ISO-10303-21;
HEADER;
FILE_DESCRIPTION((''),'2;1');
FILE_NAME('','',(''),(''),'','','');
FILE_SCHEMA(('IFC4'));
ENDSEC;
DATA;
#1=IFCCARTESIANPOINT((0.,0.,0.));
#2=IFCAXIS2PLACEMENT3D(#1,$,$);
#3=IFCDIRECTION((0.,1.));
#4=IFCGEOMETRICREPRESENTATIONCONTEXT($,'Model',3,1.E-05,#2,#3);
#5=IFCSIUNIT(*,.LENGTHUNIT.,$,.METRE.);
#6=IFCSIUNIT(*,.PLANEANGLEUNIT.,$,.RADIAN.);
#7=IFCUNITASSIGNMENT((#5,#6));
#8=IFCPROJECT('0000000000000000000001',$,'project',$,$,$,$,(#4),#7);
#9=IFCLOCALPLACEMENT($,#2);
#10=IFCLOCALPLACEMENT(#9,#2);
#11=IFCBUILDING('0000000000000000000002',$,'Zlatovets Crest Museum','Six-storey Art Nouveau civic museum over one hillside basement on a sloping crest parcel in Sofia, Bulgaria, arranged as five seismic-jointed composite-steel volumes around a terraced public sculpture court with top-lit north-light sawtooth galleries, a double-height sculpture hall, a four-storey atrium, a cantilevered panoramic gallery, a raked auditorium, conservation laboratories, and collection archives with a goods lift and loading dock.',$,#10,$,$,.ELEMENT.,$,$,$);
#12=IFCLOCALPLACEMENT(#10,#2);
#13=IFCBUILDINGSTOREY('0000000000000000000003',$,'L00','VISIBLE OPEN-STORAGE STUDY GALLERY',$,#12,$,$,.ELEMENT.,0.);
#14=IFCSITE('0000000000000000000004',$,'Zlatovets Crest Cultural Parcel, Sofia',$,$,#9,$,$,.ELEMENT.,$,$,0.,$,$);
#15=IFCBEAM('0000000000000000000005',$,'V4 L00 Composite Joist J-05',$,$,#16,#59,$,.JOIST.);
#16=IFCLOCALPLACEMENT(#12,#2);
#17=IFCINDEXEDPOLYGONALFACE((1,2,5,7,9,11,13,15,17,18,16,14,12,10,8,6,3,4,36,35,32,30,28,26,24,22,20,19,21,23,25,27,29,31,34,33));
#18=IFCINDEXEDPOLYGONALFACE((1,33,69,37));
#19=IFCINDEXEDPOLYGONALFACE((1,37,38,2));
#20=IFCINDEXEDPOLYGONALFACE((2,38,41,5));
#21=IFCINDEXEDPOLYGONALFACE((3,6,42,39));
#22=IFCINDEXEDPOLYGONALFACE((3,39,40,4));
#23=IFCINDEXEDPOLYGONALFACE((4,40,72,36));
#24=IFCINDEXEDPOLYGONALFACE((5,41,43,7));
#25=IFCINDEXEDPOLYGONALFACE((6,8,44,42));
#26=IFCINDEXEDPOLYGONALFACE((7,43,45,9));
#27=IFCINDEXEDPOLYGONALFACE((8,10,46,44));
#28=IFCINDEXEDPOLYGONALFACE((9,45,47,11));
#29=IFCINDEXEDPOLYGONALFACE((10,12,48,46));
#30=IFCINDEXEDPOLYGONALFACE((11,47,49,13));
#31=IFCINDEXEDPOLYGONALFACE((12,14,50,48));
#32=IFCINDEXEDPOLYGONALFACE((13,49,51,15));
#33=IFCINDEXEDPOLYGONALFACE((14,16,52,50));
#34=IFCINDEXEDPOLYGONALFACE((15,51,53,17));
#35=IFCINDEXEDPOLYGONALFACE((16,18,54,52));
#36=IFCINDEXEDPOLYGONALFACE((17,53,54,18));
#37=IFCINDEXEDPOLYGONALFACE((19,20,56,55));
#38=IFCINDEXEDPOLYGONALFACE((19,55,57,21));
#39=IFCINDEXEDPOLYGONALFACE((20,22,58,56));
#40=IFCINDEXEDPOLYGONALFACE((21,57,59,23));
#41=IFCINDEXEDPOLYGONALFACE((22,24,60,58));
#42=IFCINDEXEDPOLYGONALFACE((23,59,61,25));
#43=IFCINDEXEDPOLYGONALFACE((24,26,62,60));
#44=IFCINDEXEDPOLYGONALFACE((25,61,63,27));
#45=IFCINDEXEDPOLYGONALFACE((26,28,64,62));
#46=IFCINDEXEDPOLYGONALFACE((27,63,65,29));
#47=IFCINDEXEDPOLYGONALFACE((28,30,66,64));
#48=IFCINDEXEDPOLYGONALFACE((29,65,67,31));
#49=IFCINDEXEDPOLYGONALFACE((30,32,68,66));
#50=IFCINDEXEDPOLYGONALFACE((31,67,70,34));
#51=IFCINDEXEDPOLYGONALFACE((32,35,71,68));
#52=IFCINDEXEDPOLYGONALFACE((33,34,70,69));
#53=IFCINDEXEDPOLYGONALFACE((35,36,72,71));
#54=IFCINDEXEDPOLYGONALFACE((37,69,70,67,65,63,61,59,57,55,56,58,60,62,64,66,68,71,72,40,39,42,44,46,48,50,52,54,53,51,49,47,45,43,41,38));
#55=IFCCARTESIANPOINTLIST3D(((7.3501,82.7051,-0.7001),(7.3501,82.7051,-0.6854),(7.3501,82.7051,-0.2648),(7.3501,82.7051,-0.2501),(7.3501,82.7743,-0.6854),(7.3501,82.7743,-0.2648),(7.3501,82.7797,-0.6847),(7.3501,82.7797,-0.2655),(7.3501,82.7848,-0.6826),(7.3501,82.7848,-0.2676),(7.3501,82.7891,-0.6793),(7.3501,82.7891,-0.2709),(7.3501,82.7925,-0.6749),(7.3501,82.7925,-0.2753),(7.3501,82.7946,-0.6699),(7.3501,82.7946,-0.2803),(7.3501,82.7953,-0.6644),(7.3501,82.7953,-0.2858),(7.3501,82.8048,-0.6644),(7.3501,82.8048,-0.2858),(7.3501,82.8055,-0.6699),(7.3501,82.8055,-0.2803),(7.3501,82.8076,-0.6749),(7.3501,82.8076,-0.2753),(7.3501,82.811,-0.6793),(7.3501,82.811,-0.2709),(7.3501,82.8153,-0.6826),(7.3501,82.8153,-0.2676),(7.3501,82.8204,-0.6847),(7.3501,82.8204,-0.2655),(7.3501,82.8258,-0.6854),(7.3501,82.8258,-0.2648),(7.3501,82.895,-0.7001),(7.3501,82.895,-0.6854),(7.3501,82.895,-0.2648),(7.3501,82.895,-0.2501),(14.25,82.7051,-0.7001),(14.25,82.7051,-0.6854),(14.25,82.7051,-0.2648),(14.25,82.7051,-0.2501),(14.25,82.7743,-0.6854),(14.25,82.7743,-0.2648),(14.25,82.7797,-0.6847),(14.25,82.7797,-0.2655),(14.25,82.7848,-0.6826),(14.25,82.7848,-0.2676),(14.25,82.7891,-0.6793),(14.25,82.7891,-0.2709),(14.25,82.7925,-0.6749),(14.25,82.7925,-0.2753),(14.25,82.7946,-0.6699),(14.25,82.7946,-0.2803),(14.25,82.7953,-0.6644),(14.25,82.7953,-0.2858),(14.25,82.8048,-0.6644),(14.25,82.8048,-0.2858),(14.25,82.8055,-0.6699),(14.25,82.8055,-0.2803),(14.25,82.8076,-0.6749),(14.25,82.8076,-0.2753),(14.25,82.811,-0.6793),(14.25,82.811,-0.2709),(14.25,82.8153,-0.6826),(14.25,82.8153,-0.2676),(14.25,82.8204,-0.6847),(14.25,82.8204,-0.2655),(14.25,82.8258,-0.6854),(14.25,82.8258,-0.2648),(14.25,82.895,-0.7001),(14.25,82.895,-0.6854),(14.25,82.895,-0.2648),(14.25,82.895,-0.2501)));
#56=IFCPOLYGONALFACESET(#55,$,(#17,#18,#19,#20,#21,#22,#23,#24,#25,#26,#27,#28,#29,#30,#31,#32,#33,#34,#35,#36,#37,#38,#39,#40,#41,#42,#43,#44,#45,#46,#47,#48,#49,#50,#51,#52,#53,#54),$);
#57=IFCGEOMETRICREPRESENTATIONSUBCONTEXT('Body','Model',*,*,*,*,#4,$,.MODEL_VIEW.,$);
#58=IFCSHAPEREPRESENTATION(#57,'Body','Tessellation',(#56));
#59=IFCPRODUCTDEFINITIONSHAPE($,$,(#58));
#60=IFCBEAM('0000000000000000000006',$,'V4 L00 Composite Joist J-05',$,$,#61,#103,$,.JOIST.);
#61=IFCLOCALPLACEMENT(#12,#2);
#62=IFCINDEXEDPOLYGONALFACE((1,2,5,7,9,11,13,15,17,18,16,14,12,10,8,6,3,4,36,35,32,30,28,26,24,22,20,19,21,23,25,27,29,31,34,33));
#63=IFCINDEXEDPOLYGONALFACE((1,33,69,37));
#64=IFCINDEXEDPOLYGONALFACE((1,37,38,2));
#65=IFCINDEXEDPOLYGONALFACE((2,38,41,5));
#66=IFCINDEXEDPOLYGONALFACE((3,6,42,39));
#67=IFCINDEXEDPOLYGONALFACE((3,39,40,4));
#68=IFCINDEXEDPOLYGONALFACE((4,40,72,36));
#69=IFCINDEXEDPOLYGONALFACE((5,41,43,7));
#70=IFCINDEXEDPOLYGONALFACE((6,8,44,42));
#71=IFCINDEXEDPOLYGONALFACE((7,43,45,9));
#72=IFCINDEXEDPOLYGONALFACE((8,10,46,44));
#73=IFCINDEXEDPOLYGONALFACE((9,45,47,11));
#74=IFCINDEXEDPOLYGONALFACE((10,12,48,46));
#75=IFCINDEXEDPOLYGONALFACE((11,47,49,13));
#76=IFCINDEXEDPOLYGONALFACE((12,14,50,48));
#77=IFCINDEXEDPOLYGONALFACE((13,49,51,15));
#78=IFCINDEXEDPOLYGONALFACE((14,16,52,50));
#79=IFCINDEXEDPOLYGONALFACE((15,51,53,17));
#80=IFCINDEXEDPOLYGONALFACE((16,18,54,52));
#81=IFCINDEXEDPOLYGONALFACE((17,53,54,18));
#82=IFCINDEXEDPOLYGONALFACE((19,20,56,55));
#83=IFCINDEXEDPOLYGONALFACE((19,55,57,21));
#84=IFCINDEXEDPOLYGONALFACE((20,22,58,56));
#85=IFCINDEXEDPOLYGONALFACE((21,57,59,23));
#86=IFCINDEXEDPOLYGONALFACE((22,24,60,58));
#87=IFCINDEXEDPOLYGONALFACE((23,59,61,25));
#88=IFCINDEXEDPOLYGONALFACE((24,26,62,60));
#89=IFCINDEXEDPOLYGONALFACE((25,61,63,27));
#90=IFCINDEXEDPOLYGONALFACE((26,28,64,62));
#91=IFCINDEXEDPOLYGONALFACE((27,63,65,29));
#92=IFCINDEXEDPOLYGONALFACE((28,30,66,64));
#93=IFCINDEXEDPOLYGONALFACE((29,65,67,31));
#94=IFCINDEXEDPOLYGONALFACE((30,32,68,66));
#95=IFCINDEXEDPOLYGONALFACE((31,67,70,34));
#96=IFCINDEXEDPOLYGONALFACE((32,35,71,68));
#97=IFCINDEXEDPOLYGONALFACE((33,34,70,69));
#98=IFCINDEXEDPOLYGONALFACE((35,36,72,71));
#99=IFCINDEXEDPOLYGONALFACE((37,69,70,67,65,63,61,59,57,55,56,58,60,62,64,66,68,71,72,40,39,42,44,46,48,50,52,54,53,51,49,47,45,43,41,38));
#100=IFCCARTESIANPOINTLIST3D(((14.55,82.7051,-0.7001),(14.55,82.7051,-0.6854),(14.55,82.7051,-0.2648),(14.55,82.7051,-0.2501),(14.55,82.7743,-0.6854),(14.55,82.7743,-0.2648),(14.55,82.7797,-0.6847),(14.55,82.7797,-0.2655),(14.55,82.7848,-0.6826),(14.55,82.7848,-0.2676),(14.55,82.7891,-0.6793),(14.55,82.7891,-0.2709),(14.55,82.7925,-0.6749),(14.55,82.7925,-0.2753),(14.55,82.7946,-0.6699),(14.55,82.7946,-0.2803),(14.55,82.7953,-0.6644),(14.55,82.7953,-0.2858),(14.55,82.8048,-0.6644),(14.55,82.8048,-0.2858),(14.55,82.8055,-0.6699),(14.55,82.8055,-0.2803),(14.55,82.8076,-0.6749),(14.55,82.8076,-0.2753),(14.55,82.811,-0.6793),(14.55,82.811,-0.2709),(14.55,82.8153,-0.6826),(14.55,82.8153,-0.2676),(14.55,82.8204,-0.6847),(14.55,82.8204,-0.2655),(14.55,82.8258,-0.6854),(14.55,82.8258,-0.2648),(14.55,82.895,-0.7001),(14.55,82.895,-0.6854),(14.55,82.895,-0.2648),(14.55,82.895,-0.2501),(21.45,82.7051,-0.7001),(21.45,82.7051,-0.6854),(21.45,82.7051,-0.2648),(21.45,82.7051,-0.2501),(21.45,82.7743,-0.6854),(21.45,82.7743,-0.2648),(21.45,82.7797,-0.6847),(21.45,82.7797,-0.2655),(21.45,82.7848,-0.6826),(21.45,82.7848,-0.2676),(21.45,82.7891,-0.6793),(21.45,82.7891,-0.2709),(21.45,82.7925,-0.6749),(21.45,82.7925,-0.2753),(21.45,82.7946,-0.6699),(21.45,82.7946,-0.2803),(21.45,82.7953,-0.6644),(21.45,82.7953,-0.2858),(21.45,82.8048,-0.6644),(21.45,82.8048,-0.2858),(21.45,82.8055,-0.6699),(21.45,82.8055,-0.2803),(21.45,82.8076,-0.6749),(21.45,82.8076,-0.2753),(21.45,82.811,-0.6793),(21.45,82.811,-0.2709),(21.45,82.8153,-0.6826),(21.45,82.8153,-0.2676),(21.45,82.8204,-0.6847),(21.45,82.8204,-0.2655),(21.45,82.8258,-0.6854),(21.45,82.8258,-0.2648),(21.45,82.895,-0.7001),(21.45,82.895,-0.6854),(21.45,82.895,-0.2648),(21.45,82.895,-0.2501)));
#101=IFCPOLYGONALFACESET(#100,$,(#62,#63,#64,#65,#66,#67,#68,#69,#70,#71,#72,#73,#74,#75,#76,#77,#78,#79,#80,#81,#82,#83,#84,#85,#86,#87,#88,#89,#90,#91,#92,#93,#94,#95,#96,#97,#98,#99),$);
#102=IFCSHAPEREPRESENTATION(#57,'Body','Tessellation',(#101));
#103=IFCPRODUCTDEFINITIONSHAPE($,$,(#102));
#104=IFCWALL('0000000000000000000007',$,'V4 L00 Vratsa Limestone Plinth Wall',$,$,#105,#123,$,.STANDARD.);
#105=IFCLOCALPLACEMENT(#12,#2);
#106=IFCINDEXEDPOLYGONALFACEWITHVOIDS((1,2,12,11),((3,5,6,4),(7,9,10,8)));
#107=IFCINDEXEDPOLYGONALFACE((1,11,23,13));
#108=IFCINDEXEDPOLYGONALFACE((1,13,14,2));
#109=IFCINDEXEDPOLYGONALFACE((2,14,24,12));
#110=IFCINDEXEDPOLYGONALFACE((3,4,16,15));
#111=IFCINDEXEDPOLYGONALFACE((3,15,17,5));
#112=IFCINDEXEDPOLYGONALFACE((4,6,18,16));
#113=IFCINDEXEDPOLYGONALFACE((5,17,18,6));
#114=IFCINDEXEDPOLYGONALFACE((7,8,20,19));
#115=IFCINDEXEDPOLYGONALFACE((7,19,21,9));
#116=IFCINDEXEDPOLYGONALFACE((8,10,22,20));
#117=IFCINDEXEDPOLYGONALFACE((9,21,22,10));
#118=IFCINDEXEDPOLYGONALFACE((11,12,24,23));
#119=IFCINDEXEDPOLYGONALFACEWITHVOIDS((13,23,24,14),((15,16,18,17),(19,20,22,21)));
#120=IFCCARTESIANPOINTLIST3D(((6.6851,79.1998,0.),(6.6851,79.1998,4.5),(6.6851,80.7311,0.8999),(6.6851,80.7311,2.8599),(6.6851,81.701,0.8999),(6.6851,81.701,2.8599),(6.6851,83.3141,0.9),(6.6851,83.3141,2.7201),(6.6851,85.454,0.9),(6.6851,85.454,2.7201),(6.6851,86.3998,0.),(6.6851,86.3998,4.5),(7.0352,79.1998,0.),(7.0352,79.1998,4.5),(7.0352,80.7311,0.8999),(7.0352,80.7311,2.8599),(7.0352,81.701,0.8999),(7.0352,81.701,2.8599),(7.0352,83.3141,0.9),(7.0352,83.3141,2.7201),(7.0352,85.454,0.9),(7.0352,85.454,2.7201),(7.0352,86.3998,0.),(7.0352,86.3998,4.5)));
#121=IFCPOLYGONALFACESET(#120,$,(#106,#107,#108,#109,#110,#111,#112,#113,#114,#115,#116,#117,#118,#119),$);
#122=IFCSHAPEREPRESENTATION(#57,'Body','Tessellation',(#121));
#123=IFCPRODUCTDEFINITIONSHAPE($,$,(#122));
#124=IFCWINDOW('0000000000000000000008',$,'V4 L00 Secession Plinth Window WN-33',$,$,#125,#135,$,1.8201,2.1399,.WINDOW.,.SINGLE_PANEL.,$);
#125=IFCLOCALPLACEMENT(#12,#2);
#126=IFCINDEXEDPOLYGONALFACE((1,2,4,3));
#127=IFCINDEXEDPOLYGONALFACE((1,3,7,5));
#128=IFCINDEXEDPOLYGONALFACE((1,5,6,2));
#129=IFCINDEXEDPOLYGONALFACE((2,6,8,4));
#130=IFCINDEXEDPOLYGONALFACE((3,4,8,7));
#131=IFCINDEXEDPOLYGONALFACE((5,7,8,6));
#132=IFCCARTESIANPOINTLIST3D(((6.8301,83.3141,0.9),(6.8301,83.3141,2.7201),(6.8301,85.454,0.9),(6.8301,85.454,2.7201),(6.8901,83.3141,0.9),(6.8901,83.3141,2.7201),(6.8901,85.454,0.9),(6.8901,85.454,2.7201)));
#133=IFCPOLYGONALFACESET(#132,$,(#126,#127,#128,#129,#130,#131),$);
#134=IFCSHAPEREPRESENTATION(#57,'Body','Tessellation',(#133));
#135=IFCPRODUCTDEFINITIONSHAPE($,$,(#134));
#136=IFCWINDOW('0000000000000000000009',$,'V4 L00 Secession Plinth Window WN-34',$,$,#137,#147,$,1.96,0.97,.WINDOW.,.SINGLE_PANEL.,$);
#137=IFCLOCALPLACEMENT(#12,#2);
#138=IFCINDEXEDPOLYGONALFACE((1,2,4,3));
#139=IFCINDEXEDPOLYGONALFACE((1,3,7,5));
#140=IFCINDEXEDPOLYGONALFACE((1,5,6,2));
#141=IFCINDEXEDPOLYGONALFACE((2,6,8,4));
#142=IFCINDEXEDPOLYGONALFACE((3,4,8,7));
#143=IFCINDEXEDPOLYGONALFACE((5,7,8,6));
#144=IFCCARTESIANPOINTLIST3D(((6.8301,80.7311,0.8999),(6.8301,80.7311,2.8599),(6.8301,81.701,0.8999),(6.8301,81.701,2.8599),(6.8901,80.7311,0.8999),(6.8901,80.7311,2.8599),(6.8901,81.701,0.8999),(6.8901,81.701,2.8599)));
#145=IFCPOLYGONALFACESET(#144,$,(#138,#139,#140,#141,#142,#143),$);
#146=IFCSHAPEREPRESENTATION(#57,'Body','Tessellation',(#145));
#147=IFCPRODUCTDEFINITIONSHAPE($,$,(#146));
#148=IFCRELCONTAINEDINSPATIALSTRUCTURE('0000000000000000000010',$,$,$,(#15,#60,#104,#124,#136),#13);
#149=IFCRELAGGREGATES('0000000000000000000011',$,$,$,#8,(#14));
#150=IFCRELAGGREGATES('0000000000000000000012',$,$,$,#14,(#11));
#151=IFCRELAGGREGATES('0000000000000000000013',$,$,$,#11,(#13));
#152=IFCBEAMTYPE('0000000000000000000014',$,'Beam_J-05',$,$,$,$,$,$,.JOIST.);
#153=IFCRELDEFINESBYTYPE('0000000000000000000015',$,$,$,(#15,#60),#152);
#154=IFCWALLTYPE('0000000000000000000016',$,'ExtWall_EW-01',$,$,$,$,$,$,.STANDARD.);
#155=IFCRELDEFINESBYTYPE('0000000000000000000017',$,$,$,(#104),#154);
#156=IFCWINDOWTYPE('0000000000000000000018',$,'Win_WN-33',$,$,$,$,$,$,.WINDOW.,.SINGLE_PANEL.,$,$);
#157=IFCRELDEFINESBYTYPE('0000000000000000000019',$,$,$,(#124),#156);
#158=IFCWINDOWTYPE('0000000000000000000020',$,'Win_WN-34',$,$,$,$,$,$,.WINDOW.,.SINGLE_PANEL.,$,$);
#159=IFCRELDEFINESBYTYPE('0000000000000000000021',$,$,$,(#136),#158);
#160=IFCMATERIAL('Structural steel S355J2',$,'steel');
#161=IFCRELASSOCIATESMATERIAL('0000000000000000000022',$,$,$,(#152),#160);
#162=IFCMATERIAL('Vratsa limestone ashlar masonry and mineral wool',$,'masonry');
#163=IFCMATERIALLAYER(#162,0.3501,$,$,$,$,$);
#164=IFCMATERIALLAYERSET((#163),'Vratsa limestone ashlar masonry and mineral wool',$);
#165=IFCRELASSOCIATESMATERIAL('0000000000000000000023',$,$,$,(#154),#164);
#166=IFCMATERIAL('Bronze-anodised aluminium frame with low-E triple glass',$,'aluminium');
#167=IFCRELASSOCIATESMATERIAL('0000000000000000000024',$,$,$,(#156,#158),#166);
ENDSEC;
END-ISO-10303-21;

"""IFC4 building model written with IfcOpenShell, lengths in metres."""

from ifc_helpers import new_model, si_unit, direction, frame, frame_2d, origin, origin_2d, place, context, subcontext, project, spatial, rectangle, i_section, extrude, material, layer, layer_set, material_profile, profile_set, type_object, element, fill, save


model = new_model("IFC4")

# Units and contexts
model_context = context("Model", 3, precision=1e-05, world=origin(), true_north=direction((0.0, 1.0)))
body_context = subcontext(model_context, "Body", "Model", "MODEL_VIEW")
ifc_project = project(units=[si_unit("LENGTHUNIT", "METRE"), si_unit("PLANEANGLEUNIT", "RADIAN")], contexts=[model_context])

# Site, building, storey
site_placement = place(None, origin())
site = spatial("IfcSite", under=ifc_project, at=site_placement, Name="Zlatovets Crest Cultural Parcel, Sofia", CompositionType="ELEMENT", RefElevation=0.0)
building_placement = place(site_placement, origin())
building = spatial("IfcBuilding", under=site, at=building_placement, Name="Zlatovets Crest Museum", Description="Six-storey Art Nouveau civic museum over one hillside basement on a sloping crest parcel in Sofia, Bulgaria, arranged as five seismic-jointed composite-steel volumes around a terraced public sculpture court with top-lit north-light sawtooth galleries, a double-height sculpture hall, a four-storey atrium, a cantilevered panoramic gallery, a raked auditorium, conservation laboratories, and collection archives with a goods lift and loading dock.", CompositionType="ELEMENT")
storey_placement = place(building_placement, origin())
storey = spatial("IfcBuildingStorey", under=building, at=storey_placement, Name="L00", Description="VISIBLE OPEN-STORAGE STUDY GALLERY", CompositionType="ELEMENT", Elevation=0.0)

# Shared definitions
ifc_material_1 = material(Name="Structural steel S355J2", Category="steel")

# Beams
ifc_material_profile_1 = material_profile(ifc_material_1, i_section(OverallWidth=0.1899, OverallDepth=0.45, WebThickness=0.0095, FlangeThickness=0.0146, FilletRadius=0.021, at=origin_2d()), Name="IPE 450")
ifc_profile_set_1 = profile_set([ifc_material_profile_1], Name="Structural steel S355J2")
beam_type_1 = type_object("IfcBeamType", Name="Beam_J-05", PredefinedType="JOIST", material=ifc_profile_set_1)
for number, where, z_axis, x_axis, name in (
    (1, (7.3501, 82.8, -0.4751), (1.0, 0.0, 0.0), (0.0, 1.0, 0.0), "V4 L00 Composite Joist J-05"),
    (2, (14.55, 82.8, -0.4751), (1.0, 0.0, 0.0), (0.0, 1.0, 0.0), "V4 L00 Composite Joist J-05"),
):
    element("IfcBeam", number, at=place(storey_placement, frame(where, z_axis=z_axis, x_axis=x_axis)), inside=storey, type_object=beam_type_1, Name=name, PredefinedType="JOIST", context=body_context, shape_type="SweptSolid", body=[
        extrude(i_section(OverallWidth=0.1899, OverallDepth=0.45, WebThickness=0.0095, FlangeThickness=0.0146, FilletRadius=0.021, at=origin_2d()), origin(), (0.0, 0.0, 1.0), 6.8999),
    ])

# Wall, openings, windows
ifc_material_2 = material(Name="Vratsa limestone ashlar masonry and mineral wool", Category="masonry")
ifc_layer_1 = layer(ifc_material_2, 0.3501)
ifc_layer_set_1 = layer_set([ifc_layer_1], Name="Vratsa limestone ashlar masonry and mineral wool")
wall_type_1 = type_object("IfcWallType", Name="ExtWall_EW-01", PredefinedType="STANDARD", material=ifc_layer_set_1)
wall_1_placement = place(storey_placement, frame((6.8601, 86.3999, 0.0), z_axis=(0.0, 0.0, 1.0), x_axis=(0.0, -1.0, 0.0)))
wall_1 = element("IfcWall", 3, at=wall_1_placement, inside=storey, type_object=wall_type_1, Name="V4 L00 Vratsa Limestone Plinth Wall", PredefinedType="STANDARD", context=body_context, shape_type="SweptSolid", body=[
    extrude(rectangle(XDim=7.2, YDim=0.3501, at=frame_2d((3.6001, 0.0))), origin(), (0.0, 0.0, 1.0), 4.5),
])
opening_1_placement = place(wall_1_placement, frame((0.946, 0.0, 0.8999)))
opening_1 = element("IfcOpeningElement", 4, at=opening_1_placement, cuts=wall_1, PredefinedType="OPENING", context=body_context, shape_type="SweptSolid", body=[
    extrude(rectangle(XDim=2.1399, YDim=1.8201, at=frame_2d((1.0698, 0.9102))), frame((0.0, 0.1851, 0.0), z_axis=(0.0, -1.0, 0.0), x_axis=(1.0, 0.0, 0.0)), (0.0, 0.0, 1.0), 0.3701),
])
opening_2_placement = place(wall_1_placement, frame((4.699, 0.0, 0.8999)))
opening_2 = element("IfcOpeningElement", 5, at=opening_2_placement, cuts=wall_1, PredefinedType="OPENING", context=body_context, shape_type="SweptSolid", body=[
    extrude(rectangle(XDim=0.97, YDim=1.96, at=frame_2d((0.4849, 0.98))), frame((0.0, 0.1851, 0.0), z_axis=(0.0, -1.0, 0.0), x_axis=(1.0, 0.0, 0.0)), (0.0, 0.0, 1.0), 0.3701),
])
ifc_material_3 = material(Name="Bronze-anodised aluminium frame with low-E triple glass", Category="aluminium")
window_type_1 = type_object("IfcWindowType", Name="Win_WN-33", PartitioningType="SINGLE_PANEL", PredefinedType="WINDOW", material=ifc_material_3)
window_1_placement = place(opening_1_placement, origin())
window_1 = element("IfcWindow", 6, at=window_1_placement, inside=storey, type_object=window_type_1, Name="V4 L00 Secession Plinth Window WN-33", OverallHeight=1.8201, OverallWidth=2.1399, PartitioningType="SINGLE_PANEL", PredefinedType="WINDOW", context=body_context, shape_type="SweptSolid", body=[
    extrude(rectangle(XDim=2.1399, YDim=1.8201, at=frame_2d((1.0698, 0.9102))), frame((0.0, 0.03, 0.0), z_axis=(0.0, -1.0, 0.0), x_axis=(1.0, 0.0, 0.0)), (0.0, 0.0, 1.0), 0.0601),
])
fill(opening_1, window_1)
window_type_2 = type_object("IfcWindowType", Name="Win_WN-34", PartitioningType="SINGLE_PANEL", PredefinedType="WINDOW", material=ifc_material_3)
window_2_placement = place(opening_2_placement, origin())
window_2 = element("IfcWindow", 7, at=window_2_placement, inside=storey, type_object=window_type_2, Name="V4 L00 Secession Plinth Window WN-34", OverallHeight=1.96, OverallWidth=0.97, PartitioningType="SINGLE_PANEL", PredefinedType="WINDOW", context=body_context, shape_type="SweptSolid", body=[
    extrude(rectangle(XDim=0.97, YDim=1.96, at=frame_2d((0.4849, 0.98))), frame((0.0, 0.03, 0.0), z_axis=(0.0, -1.0, 0.0), x_axis=(1.0, 0.0, 0.0)), (0.0, 0.0, 1.0), 0.0601),
])
fill(opening_2, window_2)

save(model, "model.ifc")
